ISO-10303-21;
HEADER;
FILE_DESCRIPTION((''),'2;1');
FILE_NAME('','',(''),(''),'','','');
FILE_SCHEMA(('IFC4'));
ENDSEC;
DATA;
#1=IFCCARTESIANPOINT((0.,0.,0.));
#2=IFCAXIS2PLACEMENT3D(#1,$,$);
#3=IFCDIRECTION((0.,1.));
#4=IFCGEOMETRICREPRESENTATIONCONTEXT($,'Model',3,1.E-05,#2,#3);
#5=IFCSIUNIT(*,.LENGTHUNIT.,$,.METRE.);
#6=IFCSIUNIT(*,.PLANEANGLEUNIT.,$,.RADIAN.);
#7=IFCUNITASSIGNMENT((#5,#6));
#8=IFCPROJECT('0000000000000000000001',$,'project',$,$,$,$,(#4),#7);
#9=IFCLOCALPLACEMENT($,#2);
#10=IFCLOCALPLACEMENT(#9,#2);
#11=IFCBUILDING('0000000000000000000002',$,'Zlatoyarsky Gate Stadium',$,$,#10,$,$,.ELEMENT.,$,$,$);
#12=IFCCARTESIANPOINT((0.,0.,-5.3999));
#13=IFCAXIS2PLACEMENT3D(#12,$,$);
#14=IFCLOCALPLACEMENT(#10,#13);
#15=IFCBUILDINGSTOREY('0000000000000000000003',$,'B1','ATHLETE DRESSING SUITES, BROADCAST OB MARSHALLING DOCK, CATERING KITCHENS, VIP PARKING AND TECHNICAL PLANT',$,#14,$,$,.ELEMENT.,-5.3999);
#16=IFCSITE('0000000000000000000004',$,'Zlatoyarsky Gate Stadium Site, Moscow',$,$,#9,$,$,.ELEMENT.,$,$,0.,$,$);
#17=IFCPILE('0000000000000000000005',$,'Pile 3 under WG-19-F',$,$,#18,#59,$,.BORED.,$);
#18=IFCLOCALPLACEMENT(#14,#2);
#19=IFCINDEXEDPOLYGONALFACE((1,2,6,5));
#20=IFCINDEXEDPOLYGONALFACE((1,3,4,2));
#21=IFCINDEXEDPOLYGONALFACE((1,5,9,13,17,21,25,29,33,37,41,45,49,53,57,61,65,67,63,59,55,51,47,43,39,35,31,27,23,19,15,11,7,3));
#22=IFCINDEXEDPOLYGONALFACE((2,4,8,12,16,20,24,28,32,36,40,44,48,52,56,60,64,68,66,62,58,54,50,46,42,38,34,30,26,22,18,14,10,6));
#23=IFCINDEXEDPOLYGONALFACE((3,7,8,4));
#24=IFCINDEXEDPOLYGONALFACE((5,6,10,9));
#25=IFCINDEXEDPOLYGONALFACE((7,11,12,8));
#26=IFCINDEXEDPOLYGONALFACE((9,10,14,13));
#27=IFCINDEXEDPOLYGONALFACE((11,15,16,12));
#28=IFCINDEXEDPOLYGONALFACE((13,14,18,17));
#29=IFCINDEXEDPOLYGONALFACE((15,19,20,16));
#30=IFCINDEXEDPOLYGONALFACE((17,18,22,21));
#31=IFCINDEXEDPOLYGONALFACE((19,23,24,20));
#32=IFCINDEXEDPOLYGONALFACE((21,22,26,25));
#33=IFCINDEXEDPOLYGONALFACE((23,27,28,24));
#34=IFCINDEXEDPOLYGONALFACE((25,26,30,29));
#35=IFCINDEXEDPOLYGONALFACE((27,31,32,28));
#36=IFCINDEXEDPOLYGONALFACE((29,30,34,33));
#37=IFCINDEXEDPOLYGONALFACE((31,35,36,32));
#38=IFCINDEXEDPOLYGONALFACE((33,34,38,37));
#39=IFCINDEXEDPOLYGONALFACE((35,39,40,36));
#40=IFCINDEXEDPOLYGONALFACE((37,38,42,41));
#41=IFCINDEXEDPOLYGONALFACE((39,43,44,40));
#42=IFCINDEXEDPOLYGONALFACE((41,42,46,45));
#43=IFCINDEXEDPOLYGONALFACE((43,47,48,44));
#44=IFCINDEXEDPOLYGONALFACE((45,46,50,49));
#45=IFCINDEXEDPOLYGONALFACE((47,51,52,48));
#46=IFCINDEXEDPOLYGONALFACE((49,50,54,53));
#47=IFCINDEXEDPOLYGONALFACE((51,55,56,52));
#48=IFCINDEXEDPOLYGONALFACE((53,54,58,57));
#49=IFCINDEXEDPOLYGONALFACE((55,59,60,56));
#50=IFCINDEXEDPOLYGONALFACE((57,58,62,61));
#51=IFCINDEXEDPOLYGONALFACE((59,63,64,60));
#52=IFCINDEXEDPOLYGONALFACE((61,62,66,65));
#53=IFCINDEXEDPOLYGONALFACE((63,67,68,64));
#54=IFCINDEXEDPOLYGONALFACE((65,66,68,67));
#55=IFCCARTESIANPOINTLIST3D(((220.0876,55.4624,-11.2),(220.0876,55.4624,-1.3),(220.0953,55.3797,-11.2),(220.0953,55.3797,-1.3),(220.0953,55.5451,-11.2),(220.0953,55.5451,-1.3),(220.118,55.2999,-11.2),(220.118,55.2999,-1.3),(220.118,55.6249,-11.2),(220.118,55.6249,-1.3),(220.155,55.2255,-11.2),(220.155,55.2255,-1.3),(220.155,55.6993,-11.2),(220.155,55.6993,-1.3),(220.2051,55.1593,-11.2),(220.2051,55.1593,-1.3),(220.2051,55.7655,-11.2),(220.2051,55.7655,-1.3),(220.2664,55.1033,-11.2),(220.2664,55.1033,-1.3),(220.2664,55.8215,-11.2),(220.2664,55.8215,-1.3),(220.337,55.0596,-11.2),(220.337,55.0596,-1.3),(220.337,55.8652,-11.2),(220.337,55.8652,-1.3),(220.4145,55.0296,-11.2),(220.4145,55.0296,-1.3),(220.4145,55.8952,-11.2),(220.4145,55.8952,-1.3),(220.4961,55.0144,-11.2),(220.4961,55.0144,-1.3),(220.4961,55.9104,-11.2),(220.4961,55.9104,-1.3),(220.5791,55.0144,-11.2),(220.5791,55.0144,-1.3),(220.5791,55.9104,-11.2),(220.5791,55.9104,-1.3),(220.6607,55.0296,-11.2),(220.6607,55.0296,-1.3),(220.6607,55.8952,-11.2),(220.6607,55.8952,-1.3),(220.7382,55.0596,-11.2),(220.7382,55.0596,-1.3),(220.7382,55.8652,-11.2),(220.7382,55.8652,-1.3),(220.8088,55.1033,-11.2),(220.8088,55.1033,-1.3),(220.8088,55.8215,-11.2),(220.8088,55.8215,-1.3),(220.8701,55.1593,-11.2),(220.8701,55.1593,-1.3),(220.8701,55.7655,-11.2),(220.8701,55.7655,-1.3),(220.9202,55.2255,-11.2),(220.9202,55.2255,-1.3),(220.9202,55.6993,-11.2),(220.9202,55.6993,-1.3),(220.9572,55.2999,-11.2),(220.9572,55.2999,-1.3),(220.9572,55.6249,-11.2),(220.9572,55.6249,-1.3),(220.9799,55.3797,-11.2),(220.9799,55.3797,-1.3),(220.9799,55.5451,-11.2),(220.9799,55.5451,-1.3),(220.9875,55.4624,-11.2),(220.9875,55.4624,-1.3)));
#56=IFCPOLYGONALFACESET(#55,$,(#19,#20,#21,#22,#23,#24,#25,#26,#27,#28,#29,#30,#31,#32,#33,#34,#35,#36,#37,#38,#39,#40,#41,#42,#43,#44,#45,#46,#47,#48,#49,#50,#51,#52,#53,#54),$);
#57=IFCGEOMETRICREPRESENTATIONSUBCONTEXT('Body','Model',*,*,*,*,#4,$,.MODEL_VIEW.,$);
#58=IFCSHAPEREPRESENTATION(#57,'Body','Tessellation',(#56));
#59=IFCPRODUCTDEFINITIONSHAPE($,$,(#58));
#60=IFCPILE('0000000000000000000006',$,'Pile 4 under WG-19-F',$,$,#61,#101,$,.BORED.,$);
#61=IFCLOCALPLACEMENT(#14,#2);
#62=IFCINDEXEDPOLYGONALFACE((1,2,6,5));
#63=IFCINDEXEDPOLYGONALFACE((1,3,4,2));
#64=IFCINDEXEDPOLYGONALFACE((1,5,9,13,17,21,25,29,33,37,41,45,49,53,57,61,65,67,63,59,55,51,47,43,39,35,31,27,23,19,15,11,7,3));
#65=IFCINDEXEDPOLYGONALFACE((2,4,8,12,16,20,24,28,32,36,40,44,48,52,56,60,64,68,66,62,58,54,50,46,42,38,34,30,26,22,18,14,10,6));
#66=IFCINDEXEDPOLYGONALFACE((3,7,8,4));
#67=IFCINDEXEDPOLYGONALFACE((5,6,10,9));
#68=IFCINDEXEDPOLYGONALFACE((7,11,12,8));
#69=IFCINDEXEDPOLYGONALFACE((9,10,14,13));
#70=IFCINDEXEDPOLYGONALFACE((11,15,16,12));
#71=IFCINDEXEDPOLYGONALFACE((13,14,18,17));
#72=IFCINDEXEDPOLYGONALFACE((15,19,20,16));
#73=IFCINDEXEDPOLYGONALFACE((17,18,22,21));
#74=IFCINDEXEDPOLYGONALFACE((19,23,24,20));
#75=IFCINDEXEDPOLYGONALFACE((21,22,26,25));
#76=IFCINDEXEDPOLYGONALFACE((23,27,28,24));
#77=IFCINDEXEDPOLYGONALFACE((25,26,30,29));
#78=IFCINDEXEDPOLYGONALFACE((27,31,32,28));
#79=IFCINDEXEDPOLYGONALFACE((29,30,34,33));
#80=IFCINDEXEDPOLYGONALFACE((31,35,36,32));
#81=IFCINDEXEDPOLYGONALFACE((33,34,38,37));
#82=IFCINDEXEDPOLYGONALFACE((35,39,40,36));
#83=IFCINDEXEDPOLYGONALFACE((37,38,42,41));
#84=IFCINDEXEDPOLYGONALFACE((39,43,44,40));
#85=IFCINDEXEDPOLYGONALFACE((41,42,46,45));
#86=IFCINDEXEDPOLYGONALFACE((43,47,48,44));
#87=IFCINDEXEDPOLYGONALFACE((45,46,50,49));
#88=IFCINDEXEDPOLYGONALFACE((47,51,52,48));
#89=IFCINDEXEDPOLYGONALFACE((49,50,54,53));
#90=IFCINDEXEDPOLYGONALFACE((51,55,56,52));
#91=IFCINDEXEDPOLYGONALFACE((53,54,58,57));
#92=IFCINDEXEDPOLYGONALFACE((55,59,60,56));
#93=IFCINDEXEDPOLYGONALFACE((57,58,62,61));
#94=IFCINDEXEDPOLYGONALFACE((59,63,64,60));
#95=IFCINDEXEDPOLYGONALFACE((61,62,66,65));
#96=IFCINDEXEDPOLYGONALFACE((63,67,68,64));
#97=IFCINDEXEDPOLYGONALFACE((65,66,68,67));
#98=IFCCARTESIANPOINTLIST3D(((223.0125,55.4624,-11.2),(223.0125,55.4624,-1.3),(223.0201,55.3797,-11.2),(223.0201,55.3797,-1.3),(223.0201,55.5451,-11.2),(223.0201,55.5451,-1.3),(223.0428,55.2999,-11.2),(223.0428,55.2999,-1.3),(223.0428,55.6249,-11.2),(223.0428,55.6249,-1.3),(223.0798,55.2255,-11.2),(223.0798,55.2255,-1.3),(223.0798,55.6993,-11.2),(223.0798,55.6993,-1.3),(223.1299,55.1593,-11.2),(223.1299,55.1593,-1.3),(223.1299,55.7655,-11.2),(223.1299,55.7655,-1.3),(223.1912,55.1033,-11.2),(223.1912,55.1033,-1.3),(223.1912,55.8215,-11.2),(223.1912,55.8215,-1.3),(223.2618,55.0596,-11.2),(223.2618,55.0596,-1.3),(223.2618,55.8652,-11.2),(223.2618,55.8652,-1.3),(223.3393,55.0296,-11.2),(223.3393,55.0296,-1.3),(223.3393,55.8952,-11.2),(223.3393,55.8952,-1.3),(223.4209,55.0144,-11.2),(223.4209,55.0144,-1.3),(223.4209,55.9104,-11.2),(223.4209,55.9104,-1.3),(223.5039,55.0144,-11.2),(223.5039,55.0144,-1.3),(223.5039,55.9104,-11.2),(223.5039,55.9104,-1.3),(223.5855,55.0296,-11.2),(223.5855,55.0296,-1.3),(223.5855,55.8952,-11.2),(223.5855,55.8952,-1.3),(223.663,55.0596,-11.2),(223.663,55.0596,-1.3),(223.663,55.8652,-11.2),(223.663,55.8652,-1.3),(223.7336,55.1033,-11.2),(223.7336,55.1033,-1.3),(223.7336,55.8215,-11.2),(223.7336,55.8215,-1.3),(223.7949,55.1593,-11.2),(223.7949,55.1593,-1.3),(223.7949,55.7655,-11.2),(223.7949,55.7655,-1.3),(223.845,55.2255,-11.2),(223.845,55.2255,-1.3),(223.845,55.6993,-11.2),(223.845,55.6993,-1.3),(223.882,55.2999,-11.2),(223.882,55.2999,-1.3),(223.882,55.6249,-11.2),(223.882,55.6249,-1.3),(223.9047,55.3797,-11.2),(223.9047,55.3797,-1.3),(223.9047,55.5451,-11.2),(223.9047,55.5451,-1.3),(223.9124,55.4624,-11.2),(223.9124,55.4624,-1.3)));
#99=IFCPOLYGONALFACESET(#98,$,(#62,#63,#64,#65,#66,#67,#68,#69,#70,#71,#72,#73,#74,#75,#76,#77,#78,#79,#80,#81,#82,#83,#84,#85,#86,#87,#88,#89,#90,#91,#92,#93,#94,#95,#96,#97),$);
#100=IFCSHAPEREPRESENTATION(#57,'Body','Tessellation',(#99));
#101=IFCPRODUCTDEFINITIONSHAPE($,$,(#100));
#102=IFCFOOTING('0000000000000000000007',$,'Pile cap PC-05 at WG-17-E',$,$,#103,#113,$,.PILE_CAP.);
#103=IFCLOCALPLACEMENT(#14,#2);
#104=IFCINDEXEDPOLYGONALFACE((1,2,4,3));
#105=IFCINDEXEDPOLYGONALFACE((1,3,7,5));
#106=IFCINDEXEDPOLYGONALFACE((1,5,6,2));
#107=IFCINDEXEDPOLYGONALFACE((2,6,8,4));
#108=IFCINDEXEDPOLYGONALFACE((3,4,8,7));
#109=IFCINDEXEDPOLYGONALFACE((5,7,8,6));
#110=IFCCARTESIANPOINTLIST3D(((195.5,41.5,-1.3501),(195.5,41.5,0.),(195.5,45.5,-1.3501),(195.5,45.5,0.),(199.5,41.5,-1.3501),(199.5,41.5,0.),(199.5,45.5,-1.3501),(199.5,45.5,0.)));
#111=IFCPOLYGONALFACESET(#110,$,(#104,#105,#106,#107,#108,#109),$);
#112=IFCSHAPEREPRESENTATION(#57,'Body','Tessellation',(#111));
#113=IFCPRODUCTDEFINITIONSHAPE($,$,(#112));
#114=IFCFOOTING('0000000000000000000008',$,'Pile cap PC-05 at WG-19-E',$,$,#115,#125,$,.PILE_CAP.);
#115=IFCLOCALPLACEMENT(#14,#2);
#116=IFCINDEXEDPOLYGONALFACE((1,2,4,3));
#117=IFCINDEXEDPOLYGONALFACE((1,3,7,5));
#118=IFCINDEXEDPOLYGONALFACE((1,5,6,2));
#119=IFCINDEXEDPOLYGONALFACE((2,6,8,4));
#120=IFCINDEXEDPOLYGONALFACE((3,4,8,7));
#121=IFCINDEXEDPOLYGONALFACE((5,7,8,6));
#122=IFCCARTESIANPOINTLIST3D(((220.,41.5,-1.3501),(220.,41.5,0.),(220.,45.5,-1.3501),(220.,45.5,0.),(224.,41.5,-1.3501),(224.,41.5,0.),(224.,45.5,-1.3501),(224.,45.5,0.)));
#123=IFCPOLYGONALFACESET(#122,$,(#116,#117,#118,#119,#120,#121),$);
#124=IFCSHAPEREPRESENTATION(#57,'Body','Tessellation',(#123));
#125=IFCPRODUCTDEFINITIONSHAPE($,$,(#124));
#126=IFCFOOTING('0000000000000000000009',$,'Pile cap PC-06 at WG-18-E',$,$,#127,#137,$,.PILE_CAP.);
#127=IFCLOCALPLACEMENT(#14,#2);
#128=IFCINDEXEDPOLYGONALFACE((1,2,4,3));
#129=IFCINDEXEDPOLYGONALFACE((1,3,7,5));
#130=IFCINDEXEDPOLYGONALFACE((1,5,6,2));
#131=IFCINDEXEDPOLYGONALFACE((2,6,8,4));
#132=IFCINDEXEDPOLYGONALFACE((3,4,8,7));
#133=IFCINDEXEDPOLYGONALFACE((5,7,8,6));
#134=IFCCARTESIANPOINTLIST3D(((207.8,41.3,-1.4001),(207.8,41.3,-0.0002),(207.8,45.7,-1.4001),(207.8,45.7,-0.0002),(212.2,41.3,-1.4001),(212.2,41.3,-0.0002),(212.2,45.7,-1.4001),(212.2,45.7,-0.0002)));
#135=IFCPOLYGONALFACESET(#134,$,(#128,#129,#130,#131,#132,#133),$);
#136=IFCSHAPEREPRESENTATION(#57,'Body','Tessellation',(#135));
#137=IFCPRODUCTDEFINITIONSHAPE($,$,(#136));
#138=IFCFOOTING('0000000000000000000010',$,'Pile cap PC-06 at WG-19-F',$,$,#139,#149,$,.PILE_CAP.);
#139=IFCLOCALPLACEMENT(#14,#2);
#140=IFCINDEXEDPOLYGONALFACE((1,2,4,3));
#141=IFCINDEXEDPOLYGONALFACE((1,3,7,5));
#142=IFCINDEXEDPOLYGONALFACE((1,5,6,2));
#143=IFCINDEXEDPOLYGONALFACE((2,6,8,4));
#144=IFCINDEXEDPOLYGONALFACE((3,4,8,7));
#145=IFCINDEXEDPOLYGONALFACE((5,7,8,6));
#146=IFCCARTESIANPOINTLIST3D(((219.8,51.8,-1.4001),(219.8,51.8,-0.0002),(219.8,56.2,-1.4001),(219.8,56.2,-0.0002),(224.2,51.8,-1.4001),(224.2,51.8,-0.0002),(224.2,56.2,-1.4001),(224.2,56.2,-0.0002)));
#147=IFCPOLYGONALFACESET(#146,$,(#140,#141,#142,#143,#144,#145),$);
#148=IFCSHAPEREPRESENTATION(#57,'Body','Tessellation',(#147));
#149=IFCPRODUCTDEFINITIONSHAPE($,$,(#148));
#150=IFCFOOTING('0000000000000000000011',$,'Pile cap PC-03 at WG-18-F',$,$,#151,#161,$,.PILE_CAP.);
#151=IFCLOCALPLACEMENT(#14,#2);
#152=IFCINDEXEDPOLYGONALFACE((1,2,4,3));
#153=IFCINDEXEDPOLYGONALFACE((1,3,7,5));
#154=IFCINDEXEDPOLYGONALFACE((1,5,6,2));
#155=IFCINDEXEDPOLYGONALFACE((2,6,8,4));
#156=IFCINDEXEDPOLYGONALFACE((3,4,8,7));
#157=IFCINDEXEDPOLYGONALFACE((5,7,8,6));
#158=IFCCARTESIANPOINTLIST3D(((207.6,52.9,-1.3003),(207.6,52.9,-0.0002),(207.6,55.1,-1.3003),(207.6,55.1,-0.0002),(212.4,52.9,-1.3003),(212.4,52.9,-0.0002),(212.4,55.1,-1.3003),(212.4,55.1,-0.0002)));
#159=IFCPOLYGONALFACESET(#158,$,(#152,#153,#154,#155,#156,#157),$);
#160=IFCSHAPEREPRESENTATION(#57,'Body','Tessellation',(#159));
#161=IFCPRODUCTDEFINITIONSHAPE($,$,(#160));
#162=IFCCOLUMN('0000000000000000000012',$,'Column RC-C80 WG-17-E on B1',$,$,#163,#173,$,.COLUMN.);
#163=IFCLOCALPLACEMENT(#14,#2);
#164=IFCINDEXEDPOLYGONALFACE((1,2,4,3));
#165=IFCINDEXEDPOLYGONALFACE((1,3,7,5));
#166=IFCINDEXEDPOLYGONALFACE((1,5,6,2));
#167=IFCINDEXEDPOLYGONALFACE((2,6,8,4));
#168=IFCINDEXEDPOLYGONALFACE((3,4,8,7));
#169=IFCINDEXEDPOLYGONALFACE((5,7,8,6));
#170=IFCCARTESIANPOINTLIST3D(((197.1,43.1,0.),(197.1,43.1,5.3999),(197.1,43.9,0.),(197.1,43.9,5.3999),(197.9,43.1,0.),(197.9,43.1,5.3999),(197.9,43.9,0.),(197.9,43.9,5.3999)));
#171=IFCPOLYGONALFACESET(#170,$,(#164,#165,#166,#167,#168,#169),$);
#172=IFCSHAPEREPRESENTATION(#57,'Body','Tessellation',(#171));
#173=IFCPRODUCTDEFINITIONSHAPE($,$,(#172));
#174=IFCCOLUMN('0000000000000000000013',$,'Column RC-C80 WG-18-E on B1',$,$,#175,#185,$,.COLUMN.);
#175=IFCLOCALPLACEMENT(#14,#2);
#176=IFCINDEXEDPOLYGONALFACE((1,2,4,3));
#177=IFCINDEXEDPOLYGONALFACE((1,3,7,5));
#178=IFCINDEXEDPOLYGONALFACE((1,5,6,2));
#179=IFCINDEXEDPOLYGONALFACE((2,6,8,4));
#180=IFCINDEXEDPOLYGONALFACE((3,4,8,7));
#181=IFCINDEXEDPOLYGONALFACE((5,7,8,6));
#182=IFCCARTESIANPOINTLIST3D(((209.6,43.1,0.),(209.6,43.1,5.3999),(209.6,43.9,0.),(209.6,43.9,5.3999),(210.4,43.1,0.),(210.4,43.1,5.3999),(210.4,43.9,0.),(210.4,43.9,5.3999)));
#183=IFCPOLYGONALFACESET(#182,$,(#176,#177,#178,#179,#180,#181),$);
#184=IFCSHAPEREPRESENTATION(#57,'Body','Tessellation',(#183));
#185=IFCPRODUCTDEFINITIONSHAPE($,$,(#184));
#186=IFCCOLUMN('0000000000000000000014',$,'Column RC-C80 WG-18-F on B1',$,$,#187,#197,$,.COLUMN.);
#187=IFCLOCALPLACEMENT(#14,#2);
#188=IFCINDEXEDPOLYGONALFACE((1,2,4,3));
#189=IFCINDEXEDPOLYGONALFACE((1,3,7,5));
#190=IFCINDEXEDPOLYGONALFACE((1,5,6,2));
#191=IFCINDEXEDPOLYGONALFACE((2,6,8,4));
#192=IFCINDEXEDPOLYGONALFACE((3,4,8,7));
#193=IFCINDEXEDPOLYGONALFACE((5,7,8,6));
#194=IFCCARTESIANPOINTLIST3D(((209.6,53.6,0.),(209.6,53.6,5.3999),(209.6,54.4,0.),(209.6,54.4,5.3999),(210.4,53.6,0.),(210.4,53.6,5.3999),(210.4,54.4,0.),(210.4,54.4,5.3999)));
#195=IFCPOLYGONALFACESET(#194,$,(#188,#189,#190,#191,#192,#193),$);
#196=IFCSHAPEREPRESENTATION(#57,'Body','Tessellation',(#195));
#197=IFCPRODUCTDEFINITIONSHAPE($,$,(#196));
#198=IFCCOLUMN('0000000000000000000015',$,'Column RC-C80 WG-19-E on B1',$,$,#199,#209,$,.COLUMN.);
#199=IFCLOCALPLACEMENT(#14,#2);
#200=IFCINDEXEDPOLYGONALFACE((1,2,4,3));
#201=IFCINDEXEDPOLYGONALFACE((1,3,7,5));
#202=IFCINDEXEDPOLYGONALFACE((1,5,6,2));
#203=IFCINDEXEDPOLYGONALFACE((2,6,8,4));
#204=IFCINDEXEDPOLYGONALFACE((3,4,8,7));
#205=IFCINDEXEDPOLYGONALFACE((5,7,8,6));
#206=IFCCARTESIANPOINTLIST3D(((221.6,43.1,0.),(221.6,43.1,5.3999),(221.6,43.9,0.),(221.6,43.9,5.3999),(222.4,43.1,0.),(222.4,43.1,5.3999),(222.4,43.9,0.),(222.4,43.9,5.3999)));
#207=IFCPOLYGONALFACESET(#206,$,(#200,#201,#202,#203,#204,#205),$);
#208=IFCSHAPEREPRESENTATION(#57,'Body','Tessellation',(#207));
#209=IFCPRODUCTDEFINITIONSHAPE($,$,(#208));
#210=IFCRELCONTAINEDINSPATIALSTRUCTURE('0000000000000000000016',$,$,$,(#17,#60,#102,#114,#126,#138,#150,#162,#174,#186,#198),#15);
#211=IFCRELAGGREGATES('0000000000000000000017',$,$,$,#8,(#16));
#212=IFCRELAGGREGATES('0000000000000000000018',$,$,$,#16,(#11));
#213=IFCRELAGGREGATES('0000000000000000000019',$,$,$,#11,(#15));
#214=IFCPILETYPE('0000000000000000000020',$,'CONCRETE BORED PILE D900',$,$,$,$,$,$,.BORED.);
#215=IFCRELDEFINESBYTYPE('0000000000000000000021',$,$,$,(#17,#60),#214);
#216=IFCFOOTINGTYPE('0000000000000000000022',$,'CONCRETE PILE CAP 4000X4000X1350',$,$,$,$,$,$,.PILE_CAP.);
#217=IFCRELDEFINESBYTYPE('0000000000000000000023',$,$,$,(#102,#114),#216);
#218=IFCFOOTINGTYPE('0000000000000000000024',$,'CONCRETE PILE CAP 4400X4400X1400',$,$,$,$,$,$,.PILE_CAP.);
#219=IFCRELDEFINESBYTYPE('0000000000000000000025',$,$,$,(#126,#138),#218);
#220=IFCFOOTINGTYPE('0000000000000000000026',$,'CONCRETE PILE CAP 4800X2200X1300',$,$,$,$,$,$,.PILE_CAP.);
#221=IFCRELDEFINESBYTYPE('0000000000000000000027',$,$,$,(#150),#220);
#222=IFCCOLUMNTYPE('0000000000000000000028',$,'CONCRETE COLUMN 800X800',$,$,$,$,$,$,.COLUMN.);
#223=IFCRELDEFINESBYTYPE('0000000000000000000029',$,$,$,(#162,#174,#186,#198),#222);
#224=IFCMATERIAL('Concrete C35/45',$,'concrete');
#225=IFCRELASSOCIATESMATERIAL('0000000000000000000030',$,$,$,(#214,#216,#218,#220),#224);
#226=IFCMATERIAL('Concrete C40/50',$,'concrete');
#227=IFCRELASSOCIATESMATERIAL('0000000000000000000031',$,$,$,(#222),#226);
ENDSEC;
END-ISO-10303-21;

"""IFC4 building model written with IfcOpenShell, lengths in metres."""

from ifc_helpers import new_model, si_unit, direction, frame, origin, origin_2d, place, context, subcontext, project, spatial, rectangle, circle, extrude, material, material_profile, profile_set, type_object, element, save


model = new_model("IFC4")

# Units and contexts
model_context = context("Model", 3, precision=1e-05, world=origin(), true_north=direction((0.0, 1.0)))
body_context = subcontext(model_context, "Body", "Model", "MODEL_VIEW")
ifc_project = project(units=[si_unit("LENGTHUNIT", "METRE"), si_unit("PLANEANGLEUNIT", "RADIAN")], contexts=[model_context])

# Site, building, storey
site_placement = place(None, origin())
site = spatial("IfcSite", under=ifc_project, at=site_placement, Name="Zlatoyarsky Gate Stadium Site, Moscow", CompositionType="ELEMENT", RefElevation=0.0)
building_placement = place(site_placement, origin())
building = spatial("IfcBuilding", under=site, at=building_placement, Name="Zlatoyarsky Gate Stadium", CompositionType="ELEMENT")
storey_placement = place(building_placement, frame((0.0, 0.0, -5.3999)))
storey = spatial("IfcBuildingStorey", under=building, at=storey_placement, Name="B1", Description="ATHLETE DRESSING SUITES, BROADCAST OB MARSHALLING DOCK, CATERING KITCHENS, VIP PARKING AND TECHNICAL PLANT", CompositionType="ELEMENT", Elevation=-5.3999)

# Piles
ifc_material_1 = material(Name="Concrete C35/45", Category="concrete")
ifc_material_profile_1 = material_profile(ifc_material_1, circle(Radius=0.45, at=origin_2d()), Name="BORED PILE D900")
ifc_profile_set_1 = profile_set([ifc_material_profile_1], Name="Concrete C35/45")
pile_type_1 = type_object("IfcPileType", Name="CONCRETE BORED PILE D900", PredefinedType="BORED", material=ifc_profile_set_1)
for number, where, z_axis, x_axis, name in (
    (1, (220.5376, 55.4624, -1.3), (0.0, 0.0, -1.0), (1.0, 0.0, 0.0), "Pile 3 under WG-19-F"),
    (2, (223.4624, 55.4624, -1.3), (0.0, 0.0, -1.0), (1.0, 0.0, 0.0), "Pile 4 under WG-19-F"),
):
    element("IfcPile", number, at=place(storey_placement, frame(where, z_axis=z_axis, x_axis=x_axis)), inside=storey, type_object=pile_type_1, Name=name, PredefinedType="BORED", context=body_context, shape_type="SweptSolid", body=[
        extrude(circle(Radius=0.45, at=origin_2d()), origin(), (0.0, 0.0, 1.0), 9.8999),
    ])

# Footings
footing_type_1 = type_object("IfcFootingType", Name="CONCRETE PILE CAP 4000X4000X1350", PredefinedType="PILE_CAP", material=ifc_material_1)
for number, where, z_axis, x_axis, name in (
    (3, (197.5, 43.5, -1.3501), (0.0, 0.0, 1.0), (1.0, 0.0, 0.0), "Pile cap PC-05 at WG-17-E"),
    (4, (222.0, 43.5, -1.3501), (0.0, 0.0, 1.0), (1.0, 0.0, 0.0), "Pile cap PC-05 at WG-19-E"),
):
    element("IfcFooting", number, at=place(storey_placement, frame(where, z_axis=z_axis, x_axis=x_axis)), inside=storey, type_object=footing_type_1, Name=name, PredefinedType="PILE_CAP", context=body_context, shape_type="SweptSolid", body=[
        extrude(rectangle(XDim=4.0, YDim=4.0, at=origin_2d()), origin(), (0.0, 0.0, 1.0), 1.3501),
    ])
footing_type_2 = type_object("IfcFootingType", Name="CONCRETE PILE CAP 4400X4400X1400", PredefinedType="PILE_CAP", material=ifc_material_1)
for number, where, z_axis, x_axis, name in (
    (5, (210.0, 43.5, -1.4001), (0.0, 0.0, 1.0), (1.0, 0.0, 0.0), "Pile cap PC-06 at WG-18-E"),
    (6, (222.0, 54.0, -1.4001), (0.0, 0.0, 1.0), (1.0, 0.0, 0.0), "Pile cap PC-06 at WG-19-F"),
):
    element("IfcFooting", number, at=place(storey_placement, frame(where, z_axis=z_axis, x_axis=x_axis)), inside=storey, type_object=footing_type_2, Name=name, PredefinedType="PILE_CAP", context=body_context, shape_type="SweptSolid", body=[
        extrude(rectangle(XDim=4.3999, YDim=4.3999, at=origin_2d()), origin(), (0.0, 0.0, 1.0), 1.3999),
    ])
footing_type_3 = type_object("IfcFootingType", Name="CONCRETE PILE CAP 4800X2200X1300", PredefinedType="PILE_CAP", material=ifc_material_1)
footing_placement = place(storey_placement, frame((210.0, 54.0, -1.3003), z_axis=(0.0, 0.0, 1.0), x_axis=(1.0, 0.0, 0.0)))
element("IfcFooting", 7, at=footing_placement, inside=storey, type_object=footing_type_3, Name="Pile cap PC-03 at WG-18-F", PredefinedType="PILE_CAP", context=body_context, shape_type="SweptSolid", body=[
    extrude(rectangle(XDim=4.8, YDim=2.2, at=origin_2d()), origin(), (0.0, 0.0, 1.0), 1.3),
])

# Columns
ifc_material_2 = material(Name="Concrete C40/50", Category="concrete")
ifc_material_profile_2 = material_profile(ifc_material_2, rectangle(XDim=0.8, YDim=0.8, at=origin_2d()), Name="RC COL 800X800")
ifc_profile_set_2 = profile_set([ifc_material_profile_2], Name="Concrete C40/50")
column_type = type_object("IfcColumnType", Name="CONCRETE COLUMN 800X800", PredefinedType="COLUMN", material=ifc_profile_set_2)
for number, where, z_axis, x_axis, name in (
    (8, (197.5, 43.5, 0.0), (0.0, 0.0, 1.0), (1.0, 0.0, 0.0), "Column RC-C80 WG-17-E on B1"),
    (9, (210.0, 43.5, 0.0), (0.0, 0.0, 1.0), (1.0, 0.0, 0.0), "Column RC-C80 WG-18-E on B1"),
    (10, (210.0, 54.0, 0.0), (0.0, 0.0, 1.0), (1.0, 0.0, 0.0), "Column RC-C80 WG-18-F on B1"),
    (11, (222.0, 43.5, 0.0), (0.0, 0.0, 1.0), (1.0, 0.0, 0.0), "Column RC-C80 WG-19-E on B1"),
):
    element("IfcColumn", number, at=place(storey_placement, frame(where, z_axis=z_axis, x_axis=x_axis)), inside=storey, type_object=column_type, Name=name, PredefinedType="COLUMN", context=body_context, shape_type="SweptSolid", body=[
        extrude(rectangle(XDim=0.8, YDim=0.8, at=origin_2d()), origin(), (0.0, 0.0, 1.0), 5.3999),
    ])

save(model, "model.ifc")
